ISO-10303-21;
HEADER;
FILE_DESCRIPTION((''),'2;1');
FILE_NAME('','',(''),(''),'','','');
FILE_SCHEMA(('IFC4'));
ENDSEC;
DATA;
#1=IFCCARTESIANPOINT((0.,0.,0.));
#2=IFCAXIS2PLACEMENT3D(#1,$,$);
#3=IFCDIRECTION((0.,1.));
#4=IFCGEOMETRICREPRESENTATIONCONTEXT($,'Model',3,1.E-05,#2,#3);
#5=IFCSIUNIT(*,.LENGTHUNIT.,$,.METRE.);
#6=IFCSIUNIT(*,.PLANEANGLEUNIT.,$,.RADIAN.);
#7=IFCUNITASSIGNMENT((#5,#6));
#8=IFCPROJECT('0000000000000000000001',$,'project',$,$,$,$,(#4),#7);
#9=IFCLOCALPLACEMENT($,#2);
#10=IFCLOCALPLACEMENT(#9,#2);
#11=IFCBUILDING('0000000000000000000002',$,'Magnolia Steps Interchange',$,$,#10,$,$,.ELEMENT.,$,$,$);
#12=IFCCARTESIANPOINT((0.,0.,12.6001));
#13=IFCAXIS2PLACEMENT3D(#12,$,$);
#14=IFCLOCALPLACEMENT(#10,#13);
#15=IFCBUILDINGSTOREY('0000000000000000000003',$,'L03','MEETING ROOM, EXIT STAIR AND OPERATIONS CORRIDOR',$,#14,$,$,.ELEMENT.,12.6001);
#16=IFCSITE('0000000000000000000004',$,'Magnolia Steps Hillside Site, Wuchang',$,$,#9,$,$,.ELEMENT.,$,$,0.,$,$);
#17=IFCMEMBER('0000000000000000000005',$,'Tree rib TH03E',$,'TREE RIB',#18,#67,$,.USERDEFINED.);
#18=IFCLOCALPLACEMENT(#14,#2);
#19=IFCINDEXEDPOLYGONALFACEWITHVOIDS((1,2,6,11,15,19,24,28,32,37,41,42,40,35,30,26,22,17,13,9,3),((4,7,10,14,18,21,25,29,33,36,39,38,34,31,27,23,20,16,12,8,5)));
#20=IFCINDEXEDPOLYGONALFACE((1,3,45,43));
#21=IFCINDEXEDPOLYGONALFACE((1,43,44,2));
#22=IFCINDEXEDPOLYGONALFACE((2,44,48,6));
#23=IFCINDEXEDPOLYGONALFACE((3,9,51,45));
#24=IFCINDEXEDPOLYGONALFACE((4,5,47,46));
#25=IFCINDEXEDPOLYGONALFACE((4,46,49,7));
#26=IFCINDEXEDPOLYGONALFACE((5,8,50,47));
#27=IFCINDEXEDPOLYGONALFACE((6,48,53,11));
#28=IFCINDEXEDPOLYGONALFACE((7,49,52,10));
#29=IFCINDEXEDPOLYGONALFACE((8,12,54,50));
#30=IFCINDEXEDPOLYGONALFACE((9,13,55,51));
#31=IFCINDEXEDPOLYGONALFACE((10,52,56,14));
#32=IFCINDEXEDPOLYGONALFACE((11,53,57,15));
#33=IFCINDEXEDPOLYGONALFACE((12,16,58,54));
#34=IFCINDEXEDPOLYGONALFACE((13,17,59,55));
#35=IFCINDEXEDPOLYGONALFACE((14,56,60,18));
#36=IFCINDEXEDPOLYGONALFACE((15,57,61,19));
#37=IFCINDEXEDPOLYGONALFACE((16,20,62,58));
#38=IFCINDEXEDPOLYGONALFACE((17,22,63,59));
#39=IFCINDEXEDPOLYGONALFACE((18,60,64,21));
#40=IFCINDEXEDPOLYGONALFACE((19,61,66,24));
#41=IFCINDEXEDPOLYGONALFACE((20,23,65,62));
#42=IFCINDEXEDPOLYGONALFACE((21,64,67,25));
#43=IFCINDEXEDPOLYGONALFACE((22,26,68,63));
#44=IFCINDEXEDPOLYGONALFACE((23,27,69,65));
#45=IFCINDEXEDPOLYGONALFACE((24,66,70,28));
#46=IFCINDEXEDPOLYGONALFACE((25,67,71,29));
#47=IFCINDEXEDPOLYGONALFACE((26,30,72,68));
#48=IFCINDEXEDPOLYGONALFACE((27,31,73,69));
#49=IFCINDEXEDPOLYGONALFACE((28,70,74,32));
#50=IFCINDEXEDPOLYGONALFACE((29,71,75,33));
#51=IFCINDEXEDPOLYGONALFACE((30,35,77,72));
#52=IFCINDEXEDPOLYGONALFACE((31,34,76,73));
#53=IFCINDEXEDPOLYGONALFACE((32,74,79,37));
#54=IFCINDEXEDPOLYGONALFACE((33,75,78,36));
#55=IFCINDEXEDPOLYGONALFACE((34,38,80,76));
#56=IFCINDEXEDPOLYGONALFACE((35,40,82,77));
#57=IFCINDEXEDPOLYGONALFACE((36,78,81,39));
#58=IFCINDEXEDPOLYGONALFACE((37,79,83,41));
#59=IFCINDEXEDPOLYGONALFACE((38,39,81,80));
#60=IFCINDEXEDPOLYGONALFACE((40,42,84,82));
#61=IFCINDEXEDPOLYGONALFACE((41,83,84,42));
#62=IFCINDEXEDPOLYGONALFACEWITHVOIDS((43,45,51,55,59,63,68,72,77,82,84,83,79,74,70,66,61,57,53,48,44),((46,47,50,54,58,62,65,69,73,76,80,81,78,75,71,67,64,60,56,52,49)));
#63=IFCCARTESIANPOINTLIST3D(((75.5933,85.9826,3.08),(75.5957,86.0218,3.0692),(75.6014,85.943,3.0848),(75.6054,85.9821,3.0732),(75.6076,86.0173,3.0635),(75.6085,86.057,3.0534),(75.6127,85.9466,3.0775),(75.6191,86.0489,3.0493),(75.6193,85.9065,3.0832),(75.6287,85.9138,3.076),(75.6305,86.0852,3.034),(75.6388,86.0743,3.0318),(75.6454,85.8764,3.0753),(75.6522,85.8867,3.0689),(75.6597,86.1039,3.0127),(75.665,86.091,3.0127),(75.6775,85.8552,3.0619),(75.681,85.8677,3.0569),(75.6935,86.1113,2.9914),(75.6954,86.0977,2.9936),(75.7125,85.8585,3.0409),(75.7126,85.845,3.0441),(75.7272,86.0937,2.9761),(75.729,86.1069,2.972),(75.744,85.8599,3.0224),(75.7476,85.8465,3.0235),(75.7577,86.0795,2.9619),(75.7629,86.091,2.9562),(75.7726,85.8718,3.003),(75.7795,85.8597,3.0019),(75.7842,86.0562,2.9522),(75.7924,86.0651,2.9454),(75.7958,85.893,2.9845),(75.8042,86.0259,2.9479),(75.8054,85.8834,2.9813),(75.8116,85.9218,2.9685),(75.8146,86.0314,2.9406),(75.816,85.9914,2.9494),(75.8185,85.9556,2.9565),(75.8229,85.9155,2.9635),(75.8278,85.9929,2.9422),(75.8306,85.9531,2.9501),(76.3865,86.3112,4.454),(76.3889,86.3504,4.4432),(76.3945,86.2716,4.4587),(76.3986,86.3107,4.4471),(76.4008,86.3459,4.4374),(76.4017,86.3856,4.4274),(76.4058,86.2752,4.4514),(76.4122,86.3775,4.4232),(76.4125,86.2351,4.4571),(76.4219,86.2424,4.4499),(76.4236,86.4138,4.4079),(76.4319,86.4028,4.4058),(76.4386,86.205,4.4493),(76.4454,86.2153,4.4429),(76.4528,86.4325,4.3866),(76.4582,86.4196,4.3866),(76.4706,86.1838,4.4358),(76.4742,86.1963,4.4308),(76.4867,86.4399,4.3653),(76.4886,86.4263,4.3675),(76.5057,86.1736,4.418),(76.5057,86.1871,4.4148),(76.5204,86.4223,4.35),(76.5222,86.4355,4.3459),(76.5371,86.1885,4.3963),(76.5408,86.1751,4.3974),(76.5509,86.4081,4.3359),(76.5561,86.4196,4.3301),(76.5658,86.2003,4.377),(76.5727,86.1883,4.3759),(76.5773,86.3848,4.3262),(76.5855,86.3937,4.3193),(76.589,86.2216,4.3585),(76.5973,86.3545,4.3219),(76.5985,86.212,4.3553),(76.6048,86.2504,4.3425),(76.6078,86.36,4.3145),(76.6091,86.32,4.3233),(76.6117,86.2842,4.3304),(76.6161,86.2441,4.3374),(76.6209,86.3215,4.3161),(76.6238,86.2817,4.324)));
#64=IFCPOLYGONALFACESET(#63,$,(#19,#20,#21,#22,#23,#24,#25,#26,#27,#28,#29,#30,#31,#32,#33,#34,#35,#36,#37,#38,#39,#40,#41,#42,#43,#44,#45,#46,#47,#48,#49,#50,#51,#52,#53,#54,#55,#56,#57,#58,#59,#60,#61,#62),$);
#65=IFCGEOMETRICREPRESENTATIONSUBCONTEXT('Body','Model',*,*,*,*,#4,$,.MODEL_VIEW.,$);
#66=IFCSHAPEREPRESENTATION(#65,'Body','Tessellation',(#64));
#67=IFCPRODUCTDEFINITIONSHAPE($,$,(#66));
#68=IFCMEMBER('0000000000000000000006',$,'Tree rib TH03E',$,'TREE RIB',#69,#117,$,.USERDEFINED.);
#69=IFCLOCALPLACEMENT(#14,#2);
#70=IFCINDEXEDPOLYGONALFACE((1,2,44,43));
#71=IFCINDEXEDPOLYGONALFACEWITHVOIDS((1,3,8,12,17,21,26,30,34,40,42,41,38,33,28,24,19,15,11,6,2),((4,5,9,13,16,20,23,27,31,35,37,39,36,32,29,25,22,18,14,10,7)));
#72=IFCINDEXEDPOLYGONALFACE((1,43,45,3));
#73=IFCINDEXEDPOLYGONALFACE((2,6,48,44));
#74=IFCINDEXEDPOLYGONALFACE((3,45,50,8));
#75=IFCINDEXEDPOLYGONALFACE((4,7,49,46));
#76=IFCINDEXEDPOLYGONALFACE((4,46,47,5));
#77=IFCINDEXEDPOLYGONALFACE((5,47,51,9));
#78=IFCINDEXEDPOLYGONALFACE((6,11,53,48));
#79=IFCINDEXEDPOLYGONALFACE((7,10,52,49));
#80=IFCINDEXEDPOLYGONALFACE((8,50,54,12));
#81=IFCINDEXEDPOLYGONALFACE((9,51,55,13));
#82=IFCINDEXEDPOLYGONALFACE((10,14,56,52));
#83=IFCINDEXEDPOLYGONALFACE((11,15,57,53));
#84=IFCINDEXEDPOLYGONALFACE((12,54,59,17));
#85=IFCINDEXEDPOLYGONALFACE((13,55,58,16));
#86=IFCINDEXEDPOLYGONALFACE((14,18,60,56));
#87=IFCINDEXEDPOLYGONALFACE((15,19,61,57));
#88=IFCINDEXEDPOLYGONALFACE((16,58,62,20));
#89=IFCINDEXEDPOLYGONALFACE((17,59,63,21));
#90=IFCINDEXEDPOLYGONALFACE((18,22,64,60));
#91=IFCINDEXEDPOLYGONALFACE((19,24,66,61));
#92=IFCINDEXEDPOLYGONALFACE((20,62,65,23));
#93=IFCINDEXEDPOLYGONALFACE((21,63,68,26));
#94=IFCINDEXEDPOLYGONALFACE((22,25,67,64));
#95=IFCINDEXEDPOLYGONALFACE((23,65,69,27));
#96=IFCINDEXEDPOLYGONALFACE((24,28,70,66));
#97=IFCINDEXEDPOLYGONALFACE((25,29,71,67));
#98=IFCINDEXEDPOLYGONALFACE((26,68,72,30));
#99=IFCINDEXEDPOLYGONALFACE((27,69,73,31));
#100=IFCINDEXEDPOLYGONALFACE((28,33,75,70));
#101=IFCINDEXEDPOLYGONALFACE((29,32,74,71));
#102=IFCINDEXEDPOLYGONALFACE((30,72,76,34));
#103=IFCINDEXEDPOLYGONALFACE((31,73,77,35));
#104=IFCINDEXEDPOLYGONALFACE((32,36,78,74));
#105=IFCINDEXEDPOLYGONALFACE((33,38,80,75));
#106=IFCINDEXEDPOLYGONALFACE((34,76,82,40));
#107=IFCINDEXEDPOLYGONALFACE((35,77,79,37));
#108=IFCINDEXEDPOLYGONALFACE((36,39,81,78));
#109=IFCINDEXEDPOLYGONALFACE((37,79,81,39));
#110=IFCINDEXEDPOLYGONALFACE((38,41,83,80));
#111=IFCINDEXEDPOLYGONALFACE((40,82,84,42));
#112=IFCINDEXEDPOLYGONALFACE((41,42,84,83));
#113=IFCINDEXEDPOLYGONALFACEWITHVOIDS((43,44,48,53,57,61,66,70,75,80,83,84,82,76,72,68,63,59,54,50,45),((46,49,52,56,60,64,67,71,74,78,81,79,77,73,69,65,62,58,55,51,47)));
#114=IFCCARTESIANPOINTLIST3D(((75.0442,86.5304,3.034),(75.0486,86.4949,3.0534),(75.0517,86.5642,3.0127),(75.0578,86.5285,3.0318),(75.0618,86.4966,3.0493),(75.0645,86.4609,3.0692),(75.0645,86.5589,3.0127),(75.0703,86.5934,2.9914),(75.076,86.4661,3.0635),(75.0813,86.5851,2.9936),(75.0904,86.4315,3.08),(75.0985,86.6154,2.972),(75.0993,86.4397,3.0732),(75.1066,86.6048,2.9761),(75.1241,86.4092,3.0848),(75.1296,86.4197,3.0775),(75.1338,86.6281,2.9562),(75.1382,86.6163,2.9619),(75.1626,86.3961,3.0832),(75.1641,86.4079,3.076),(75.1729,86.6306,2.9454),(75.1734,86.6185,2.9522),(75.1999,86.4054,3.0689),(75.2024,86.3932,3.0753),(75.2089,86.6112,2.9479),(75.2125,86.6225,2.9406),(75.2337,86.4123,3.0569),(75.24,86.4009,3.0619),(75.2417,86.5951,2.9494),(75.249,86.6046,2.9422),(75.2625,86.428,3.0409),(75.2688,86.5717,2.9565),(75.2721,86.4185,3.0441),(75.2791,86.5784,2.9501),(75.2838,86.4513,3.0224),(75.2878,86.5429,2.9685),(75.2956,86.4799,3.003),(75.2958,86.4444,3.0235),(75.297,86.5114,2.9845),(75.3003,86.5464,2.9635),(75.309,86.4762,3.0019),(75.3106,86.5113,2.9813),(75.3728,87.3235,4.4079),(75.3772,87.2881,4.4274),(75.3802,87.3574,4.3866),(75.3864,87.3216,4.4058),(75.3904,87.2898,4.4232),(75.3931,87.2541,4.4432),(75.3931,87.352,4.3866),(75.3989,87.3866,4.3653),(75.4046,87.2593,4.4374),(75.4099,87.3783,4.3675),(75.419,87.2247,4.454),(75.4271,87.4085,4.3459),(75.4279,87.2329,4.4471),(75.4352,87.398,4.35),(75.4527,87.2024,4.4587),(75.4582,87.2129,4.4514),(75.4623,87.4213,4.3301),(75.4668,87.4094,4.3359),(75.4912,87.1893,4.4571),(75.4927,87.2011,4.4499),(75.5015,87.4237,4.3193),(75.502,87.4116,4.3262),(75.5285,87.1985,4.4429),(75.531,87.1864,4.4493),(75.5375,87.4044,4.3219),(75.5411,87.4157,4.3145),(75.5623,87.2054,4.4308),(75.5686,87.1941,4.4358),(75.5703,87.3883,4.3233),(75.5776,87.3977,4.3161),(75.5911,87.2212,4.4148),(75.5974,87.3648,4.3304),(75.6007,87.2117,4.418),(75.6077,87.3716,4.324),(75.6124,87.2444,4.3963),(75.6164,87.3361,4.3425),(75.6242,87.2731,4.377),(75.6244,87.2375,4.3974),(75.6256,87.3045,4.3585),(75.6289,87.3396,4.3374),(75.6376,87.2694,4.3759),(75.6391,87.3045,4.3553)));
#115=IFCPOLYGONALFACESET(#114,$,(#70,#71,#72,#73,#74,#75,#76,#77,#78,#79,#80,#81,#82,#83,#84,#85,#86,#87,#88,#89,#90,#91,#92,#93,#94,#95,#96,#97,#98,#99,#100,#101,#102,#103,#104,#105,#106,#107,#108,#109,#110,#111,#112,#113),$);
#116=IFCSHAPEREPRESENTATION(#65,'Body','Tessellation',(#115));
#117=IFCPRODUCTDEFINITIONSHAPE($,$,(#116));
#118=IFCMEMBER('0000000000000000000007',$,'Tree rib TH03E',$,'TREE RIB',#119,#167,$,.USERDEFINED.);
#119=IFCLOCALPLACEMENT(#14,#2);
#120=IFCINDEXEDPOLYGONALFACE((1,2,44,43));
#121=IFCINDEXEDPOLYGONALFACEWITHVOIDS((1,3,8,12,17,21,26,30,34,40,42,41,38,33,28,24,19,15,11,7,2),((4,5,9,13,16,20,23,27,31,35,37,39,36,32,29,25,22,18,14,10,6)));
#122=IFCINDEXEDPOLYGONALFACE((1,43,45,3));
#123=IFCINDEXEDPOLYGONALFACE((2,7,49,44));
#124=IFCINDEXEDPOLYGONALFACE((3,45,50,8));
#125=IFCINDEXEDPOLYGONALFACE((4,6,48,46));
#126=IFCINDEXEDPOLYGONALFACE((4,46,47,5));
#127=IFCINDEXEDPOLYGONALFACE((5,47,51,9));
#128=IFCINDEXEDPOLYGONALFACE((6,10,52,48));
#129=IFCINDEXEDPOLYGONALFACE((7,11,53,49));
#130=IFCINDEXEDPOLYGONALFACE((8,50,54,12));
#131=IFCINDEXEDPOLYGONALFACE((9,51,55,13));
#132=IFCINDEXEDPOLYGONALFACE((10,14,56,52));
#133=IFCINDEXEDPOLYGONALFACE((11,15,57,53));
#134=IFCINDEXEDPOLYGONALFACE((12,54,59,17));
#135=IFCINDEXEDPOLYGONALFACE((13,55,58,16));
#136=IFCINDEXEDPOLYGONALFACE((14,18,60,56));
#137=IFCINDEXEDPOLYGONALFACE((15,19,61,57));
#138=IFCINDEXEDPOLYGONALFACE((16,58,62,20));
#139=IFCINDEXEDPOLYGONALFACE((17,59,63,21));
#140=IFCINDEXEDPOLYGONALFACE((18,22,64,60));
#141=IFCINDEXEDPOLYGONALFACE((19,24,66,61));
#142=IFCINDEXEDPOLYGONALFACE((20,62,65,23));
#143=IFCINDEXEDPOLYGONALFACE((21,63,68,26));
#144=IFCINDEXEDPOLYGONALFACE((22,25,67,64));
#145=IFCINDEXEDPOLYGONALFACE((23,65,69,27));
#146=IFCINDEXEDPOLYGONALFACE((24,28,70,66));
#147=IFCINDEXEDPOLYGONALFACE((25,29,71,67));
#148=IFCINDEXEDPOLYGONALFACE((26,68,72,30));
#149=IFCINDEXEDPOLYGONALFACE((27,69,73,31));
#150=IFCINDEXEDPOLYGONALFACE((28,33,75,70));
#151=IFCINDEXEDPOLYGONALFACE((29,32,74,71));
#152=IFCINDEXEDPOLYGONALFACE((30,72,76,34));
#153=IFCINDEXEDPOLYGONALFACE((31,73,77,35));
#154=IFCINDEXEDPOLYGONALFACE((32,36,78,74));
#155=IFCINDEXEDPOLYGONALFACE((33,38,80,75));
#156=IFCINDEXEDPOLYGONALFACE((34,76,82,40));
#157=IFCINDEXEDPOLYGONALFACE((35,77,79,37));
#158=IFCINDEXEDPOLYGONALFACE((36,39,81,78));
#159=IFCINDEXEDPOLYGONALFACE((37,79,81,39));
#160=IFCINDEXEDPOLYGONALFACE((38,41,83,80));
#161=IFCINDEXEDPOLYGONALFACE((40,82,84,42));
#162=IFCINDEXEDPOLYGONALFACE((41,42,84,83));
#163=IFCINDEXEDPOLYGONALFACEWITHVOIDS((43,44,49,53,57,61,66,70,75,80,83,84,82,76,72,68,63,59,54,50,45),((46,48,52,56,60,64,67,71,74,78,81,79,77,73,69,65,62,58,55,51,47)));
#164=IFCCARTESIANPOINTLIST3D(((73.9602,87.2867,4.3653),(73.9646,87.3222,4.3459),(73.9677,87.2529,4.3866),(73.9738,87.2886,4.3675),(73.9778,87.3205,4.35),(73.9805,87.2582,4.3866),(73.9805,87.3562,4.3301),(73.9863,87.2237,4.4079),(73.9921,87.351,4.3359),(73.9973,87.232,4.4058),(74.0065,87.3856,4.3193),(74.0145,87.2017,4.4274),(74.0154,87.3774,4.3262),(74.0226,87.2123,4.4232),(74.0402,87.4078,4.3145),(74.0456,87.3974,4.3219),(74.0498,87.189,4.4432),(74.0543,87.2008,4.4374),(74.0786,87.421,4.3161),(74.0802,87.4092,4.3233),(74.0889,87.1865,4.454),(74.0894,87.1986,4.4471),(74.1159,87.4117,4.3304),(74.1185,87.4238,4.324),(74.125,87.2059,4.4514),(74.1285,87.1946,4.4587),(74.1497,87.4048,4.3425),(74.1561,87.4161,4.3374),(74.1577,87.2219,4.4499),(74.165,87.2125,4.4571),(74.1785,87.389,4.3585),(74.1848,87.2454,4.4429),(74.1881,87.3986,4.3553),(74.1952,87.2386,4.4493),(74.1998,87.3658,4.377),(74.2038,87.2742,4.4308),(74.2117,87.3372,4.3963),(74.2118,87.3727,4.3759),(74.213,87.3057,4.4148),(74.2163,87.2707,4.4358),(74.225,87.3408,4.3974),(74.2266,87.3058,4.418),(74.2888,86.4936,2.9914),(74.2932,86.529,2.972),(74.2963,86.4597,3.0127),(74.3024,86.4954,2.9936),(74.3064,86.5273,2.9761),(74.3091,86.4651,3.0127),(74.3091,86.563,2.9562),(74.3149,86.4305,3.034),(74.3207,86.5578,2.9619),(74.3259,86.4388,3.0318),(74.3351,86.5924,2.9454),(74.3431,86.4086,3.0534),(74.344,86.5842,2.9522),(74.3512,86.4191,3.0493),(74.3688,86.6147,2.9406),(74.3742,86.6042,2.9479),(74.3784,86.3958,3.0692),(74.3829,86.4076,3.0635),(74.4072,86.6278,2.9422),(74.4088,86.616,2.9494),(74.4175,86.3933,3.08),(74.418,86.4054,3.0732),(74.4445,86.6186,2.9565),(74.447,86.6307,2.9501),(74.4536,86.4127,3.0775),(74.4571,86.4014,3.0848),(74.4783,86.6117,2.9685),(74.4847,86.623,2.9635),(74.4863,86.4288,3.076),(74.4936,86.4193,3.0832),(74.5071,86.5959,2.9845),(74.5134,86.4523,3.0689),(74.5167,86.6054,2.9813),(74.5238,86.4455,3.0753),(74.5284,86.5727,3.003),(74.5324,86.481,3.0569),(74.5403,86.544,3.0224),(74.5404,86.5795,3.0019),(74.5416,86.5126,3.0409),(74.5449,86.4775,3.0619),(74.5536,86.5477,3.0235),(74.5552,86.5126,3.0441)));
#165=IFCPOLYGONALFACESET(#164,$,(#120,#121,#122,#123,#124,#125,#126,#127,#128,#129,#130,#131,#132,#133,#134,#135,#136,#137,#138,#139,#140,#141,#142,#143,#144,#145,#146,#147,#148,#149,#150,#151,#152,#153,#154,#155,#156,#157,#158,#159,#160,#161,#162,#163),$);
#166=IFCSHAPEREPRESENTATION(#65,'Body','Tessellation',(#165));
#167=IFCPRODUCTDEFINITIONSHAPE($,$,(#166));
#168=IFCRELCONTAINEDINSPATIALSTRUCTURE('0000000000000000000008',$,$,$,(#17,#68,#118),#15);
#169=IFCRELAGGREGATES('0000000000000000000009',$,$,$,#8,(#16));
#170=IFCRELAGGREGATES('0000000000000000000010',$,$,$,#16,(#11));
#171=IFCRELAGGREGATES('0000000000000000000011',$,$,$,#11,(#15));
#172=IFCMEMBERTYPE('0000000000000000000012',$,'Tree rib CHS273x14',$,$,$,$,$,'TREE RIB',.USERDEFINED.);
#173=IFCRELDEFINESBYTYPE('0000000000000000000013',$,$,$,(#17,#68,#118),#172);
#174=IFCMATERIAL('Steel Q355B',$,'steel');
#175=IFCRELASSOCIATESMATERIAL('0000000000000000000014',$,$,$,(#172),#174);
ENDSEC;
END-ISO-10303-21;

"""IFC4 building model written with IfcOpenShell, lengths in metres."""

from ifc_helpers import new_model, si_unit, direction, frame, origin, origin_2d, place, context, subcontext, project, spatial, hollow_circle, extrude, material, material_profile, profile_set, type_object, element, save


model = new_model("IFC4")

# Units and contexts
model_context = context("Model", 3, precision=1e-05, world=origin(), true_north=direction((0.0, 1.0)))
body_context = subcontext(model_context, "Body", "Model", "MODEL_VIEW")
ifc_project = project(units=[si_unit("LENGTHUNIT", "METRE"), si_unit("PLANEANGLEUNIT", "RADIAN")], contexts=[model_context])

# Site, building, storey
site_placement = place(None, origin())
site = spatial("IfcSite", under=ifc_project, at=site_placement, Name="Magnolia Steps Hillside Site, Wuchang", CompositionType="ELEMENT", RefElevation=0.0)
building_placement = place(site_placement, origin())
building = spatial("IfcBuilding", under=site, at=building_placement, Name="Magnolia Steps Interchange", CompositionType="ELEMENT")
storey_placement = place(building_placement, frame((0.0, 0.0, 12.6001)))
storey = spatial("IfcBuildingStorey", under=building, at=storey_placement, Name="L03", Description="MEETING ROOM, EXIT STAIR AND OPERATIONS CORRIDOR", CompositionType="ELEMENT", Elevation=12.6001)

# Members
ifc_material_1 = material(Name="Steel Q355B", Category="steel")
ifc_material_profile = material_profile(ifc_material_1, hollow_circle(Radius=0.1365, WallThickness=0.0139, at=origin_2d()), Name="CHS273x14")
ifc_profile_set = profile_set([ifc_material_profile], Name="Steel Q355B")
member_type = type_object("IfcMemberType", Name="Tree rib CHS273x14", ElementType="TREE RIB", PredefinedType="USERDEFINED", material=ifc_profile_set)
for number, where, z_axis, x_axis, name in (
    (1, (75.7119, 85.9778, 3.0127), (0.489571, 0.20282, 0.848047), (-0.382737, 0.923857, 0.0), "Tree rib TH03E"),
    (2, (75.1777, 86.512, 3.0127), (0.20282, 0.489571, 0.848047), (-0.923857, 0.382737, 0.0), "Tree rib TH03E"),
    (3, (74.4224, 86.512, 3.0127), (-0.20282, 0.489571, 0.848047), (-0.923857, -0.382737, 0.0), "Tree rib TH03E"),
):
    element("IfcMember", number, at=place(storey_placement, frame(where, z_axis=z_axis, x_axis=x_axis)), inside=storey, type_object=member_type, Name=name, ObjectType="TREE RIB", PredefinedType="USERDEFINED", context=body_context, shape_type="SweptSolid", body=[
        extrude(hollow_circle(Radius=0.1365, WallThickness=0.0139, at=origin_2d()), origin(), (0.0, 0.0, 1.0), 1.6201),
    ])

save(model, "model.ifc")
